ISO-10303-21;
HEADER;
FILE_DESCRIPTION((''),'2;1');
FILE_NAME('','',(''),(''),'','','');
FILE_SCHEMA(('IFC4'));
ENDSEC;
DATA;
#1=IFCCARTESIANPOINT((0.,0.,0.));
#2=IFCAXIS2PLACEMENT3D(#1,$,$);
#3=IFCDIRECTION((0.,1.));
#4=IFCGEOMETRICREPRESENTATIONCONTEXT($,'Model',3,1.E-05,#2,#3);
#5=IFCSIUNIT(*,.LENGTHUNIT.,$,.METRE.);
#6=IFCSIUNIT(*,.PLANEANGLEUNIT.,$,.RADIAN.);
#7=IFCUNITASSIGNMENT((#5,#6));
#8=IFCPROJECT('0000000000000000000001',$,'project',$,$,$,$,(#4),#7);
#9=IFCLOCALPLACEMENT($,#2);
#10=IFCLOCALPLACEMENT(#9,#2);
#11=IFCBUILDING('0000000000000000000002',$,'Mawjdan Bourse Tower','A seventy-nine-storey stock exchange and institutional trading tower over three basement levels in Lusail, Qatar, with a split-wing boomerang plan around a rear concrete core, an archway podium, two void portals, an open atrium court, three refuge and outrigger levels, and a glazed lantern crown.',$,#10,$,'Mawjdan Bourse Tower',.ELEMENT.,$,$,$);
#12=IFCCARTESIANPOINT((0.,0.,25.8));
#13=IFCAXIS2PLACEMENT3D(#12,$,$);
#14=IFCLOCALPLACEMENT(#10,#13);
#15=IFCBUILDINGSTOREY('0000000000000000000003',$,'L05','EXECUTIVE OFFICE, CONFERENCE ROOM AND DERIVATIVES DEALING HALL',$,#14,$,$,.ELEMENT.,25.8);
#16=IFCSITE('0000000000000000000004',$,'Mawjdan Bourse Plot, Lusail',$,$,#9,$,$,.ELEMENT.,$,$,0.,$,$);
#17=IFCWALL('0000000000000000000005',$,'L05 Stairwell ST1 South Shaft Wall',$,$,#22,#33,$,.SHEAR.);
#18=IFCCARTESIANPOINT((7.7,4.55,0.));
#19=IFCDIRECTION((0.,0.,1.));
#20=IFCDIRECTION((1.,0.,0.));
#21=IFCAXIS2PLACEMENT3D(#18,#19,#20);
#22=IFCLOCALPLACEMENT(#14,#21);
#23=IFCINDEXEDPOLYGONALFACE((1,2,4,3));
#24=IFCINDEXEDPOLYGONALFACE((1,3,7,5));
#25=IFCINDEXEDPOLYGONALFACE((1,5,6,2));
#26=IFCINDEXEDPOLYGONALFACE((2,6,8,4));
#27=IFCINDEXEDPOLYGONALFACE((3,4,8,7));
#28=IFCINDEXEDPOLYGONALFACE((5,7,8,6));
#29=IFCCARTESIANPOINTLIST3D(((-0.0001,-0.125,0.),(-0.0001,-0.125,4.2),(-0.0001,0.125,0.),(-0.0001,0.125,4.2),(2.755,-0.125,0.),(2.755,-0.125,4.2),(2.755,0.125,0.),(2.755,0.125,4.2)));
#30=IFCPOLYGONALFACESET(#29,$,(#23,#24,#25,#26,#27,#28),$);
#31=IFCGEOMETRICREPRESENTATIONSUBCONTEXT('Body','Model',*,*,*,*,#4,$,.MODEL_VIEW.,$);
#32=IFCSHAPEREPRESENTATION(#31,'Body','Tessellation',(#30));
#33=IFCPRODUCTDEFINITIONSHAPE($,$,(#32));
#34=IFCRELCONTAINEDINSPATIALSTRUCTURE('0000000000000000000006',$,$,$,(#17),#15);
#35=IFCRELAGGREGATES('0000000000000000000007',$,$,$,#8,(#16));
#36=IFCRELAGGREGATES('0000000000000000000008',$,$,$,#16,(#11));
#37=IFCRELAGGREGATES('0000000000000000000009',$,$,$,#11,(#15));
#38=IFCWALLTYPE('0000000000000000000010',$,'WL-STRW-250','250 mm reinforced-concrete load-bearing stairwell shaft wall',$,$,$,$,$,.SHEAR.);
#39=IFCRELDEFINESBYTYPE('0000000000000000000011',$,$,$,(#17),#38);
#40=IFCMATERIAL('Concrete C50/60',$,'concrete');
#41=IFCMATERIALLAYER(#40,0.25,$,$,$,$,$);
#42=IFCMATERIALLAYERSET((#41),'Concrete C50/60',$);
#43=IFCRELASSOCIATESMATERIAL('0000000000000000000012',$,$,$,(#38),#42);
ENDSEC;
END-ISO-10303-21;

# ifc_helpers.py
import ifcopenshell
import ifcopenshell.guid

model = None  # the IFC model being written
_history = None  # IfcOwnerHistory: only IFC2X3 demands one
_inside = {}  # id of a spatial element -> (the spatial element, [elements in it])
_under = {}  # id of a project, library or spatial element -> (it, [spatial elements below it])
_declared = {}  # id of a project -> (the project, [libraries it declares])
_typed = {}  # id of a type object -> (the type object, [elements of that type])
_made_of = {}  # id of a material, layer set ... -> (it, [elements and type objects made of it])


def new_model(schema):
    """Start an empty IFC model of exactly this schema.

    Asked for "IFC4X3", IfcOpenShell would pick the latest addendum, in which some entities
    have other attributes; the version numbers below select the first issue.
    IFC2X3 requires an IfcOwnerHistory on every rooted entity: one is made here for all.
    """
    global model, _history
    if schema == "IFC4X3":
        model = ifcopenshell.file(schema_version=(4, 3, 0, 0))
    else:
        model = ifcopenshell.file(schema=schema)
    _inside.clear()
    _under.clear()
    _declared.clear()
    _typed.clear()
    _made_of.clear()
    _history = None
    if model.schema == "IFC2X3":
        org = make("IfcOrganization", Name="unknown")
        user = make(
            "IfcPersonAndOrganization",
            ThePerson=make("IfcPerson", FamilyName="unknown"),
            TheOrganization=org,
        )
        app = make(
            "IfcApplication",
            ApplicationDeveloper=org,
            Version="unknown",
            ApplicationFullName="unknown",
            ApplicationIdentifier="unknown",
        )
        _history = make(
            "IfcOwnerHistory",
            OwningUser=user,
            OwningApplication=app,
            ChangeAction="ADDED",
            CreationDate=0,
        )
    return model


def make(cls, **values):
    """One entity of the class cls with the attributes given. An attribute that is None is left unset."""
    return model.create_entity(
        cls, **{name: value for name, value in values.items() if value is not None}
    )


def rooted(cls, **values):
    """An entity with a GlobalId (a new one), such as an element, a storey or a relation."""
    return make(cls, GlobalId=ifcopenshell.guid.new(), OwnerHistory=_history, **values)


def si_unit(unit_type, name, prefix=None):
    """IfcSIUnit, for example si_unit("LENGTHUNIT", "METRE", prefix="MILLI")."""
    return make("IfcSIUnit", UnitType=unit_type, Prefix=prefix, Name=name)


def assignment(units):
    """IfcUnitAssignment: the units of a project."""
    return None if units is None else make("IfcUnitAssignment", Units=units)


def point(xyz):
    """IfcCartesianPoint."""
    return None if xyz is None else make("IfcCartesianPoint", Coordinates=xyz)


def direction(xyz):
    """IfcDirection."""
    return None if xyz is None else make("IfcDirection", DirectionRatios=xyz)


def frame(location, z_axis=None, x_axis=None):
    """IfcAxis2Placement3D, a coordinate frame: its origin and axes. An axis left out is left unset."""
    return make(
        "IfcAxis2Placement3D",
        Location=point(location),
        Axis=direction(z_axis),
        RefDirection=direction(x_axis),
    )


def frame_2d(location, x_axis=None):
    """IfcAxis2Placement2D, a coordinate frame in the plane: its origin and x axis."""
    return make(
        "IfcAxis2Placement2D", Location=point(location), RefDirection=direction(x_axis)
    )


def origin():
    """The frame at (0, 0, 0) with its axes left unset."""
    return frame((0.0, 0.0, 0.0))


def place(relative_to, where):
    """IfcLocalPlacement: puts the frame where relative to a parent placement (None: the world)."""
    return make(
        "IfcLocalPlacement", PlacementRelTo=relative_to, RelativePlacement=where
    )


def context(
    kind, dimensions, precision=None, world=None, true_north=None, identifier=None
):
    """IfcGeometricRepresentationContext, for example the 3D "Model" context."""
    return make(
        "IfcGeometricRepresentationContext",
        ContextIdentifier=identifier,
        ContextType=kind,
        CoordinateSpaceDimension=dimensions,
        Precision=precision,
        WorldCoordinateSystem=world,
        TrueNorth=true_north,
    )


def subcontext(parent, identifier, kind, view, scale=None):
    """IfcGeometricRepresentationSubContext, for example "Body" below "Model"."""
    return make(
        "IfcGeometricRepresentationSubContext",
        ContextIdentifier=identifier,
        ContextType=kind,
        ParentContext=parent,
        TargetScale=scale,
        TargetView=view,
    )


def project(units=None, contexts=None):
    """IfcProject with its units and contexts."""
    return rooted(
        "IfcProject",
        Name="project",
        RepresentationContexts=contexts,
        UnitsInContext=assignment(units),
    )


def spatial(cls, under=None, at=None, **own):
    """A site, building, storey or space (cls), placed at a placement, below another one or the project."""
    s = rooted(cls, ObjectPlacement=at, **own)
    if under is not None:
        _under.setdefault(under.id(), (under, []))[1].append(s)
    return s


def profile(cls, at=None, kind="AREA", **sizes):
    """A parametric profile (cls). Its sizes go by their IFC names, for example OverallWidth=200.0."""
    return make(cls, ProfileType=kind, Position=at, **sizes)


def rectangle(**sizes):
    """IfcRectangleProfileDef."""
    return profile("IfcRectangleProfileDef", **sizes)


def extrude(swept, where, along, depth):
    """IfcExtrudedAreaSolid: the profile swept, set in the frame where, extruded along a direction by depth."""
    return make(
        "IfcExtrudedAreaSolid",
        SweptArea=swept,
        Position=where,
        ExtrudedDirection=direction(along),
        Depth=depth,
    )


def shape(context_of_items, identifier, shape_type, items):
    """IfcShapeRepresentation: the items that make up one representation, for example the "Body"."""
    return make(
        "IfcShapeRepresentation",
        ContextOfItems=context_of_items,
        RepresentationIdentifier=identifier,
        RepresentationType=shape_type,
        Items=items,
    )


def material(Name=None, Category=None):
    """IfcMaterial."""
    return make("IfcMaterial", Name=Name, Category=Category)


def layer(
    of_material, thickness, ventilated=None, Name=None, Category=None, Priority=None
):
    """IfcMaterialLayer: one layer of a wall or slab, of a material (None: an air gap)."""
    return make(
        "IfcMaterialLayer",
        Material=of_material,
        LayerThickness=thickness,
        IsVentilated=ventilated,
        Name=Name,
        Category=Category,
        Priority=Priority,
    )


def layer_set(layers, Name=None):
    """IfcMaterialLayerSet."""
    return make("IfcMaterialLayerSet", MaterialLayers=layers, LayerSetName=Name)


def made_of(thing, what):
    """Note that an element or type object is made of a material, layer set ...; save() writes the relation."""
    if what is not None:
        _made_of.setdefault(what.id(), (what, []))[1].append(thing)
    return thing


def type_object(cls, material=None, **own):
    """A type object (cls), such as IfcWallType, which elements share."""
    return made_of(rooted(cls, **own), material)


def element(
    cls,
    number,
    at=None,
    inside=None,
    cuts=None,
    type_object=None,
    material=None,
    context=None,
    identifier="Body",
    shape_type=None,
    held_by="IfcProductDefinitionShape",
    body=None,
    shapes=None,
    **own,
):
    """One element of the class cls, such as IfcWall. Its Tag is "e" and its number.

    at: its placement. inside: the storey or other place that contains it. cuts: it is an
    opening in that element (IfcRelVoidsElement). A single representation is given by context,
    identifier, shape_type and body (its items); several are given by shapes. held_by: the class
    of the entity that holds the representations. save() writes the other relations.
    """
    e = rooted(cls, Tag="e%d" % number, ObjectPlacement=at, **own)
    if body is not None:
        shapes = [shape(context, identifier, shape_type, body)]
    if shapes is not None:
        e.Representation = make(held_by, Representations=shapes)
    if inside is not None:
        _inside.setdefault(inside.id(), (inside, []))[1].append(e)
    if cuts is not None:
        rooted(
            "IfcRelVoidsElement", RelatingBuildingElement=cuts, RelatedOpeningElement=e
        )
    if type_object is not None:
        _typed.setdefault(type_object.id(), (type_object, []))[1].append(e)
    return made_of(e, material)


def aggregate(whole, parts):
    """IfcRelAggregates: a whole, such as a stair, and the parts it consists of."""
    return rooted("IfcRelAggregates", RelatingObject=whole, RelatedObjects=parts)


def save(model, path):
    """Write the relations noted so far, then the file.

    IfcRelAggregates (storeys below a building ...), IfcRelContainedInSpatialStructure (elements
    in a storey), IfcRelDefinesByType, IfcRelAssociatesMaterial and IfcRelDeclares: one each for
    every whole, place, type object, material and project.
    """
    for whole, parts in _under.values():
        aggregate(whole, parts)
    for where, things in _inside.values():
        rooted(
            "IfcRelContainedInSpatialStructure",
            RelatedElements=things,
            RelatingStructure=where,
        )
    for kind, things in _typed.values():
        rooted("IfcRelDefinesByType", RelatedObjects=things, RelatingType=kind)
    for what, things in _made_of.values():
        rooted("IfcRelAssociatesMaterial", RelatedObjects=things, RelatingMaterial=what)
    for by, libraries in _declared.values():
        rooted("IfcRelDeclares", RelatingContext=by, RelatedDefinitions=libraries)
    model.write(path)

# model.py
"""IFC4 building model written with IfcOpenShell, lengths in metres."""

from ifc_helpers import new_model, si_unit, direction, frame, frame_2d, origin, place, context, subcontext, project, spatial, rectangle, extrude, material, layer, layer_set, type_object, element, save


model = new_model("IFC4")

# Units and contexts
model_context = context("Model", 3, precision=1e-05, world=origin(), true_north=direction((0.0, 1.0)))
body_context = subcontext(model_context, "Body", "Model", "MODEL_VIEW")
ifc_project = project(units=[si_unit("LENGTHUNIT", "METRE"), si_unit("PLANEANGLEUNIT", "RADIAN")], contexts=[model_context])

# Site, building, storey
site_placement = place(None, origin())
site = spatial("IfcSite", under=ifc_project, at=site_placement, Name="Mawjdan Bourse Plot, Lusail", CompositionType="ELEMENT", RefElevation=0.0)
building_placement = place(site_placement, origin())
building = spatial("IfcBuilding", under=site, at=building_placement, Name="Mawjdan Bourse Tower", Description="A seventy-nine-storey stock exchange and institutional trading tower over three basement levels in Lusail, Qatar, with a split-wing boomerang plan around a rear concrete core, an archway podium, two void portals, an open atrium court, three refuge and outrigger levels, and a glazed lantern crown.", LongName="Mawjdan Bourse Tower", CompositionType="ELEMENT")
storey_placement = place(building_placement, frame((0.0, 0.0, 25.8)))
storey = spatial("IfcBuildingStorey", under=building, at=storey_placement, Name="L05", Description="EXECUTIVE OFFICE, CONFERENCE ROOM AND DERIVATIVES DEALING HALL", CompositionType="ELEMENT", Elevation=25.8)

# Shared definitions
ifc_material_1 = material(Name="Concrete C50/60", Category="concrete")

# Wall
ifc_layer_1 = layer(ifc_material_1, 0.25)
ifc_layer_set_1 = layer_set([ifc_layer_1], Name="Concrete C50/60")
wall_type_1 = type_object("IfcWallType", Name="WL-STRW-250", Description="250 mm reinforced-concrete load-bearing stairwell shaft wall", PredefinedType="SHEAR", material=ifc_layer_set_1)
wall_1_placement = place(storey_placement, frame((7.7, 4.55, 0.0), z_axis=(0.0, 0.0, 1.0), x_axis=(1.0, 0.0, 0.0)))
element("IfcWall", 1, at=wall_1_placement, inside=storey, type_object=wall_type_1, Name="L05 Stairwell ST1 South Shaft Wall", PredefinedType="SHEAR", context=body_context, shape_type="SweptSolid", body=[
    extrude(rectangle(XDim=2.7551, YDim=0.25, at=frame_2d((1.3774, 0.0))), origin(), (0.0, 0.0, 1.0), 4.2),
])

save(model, "model.ifc")
